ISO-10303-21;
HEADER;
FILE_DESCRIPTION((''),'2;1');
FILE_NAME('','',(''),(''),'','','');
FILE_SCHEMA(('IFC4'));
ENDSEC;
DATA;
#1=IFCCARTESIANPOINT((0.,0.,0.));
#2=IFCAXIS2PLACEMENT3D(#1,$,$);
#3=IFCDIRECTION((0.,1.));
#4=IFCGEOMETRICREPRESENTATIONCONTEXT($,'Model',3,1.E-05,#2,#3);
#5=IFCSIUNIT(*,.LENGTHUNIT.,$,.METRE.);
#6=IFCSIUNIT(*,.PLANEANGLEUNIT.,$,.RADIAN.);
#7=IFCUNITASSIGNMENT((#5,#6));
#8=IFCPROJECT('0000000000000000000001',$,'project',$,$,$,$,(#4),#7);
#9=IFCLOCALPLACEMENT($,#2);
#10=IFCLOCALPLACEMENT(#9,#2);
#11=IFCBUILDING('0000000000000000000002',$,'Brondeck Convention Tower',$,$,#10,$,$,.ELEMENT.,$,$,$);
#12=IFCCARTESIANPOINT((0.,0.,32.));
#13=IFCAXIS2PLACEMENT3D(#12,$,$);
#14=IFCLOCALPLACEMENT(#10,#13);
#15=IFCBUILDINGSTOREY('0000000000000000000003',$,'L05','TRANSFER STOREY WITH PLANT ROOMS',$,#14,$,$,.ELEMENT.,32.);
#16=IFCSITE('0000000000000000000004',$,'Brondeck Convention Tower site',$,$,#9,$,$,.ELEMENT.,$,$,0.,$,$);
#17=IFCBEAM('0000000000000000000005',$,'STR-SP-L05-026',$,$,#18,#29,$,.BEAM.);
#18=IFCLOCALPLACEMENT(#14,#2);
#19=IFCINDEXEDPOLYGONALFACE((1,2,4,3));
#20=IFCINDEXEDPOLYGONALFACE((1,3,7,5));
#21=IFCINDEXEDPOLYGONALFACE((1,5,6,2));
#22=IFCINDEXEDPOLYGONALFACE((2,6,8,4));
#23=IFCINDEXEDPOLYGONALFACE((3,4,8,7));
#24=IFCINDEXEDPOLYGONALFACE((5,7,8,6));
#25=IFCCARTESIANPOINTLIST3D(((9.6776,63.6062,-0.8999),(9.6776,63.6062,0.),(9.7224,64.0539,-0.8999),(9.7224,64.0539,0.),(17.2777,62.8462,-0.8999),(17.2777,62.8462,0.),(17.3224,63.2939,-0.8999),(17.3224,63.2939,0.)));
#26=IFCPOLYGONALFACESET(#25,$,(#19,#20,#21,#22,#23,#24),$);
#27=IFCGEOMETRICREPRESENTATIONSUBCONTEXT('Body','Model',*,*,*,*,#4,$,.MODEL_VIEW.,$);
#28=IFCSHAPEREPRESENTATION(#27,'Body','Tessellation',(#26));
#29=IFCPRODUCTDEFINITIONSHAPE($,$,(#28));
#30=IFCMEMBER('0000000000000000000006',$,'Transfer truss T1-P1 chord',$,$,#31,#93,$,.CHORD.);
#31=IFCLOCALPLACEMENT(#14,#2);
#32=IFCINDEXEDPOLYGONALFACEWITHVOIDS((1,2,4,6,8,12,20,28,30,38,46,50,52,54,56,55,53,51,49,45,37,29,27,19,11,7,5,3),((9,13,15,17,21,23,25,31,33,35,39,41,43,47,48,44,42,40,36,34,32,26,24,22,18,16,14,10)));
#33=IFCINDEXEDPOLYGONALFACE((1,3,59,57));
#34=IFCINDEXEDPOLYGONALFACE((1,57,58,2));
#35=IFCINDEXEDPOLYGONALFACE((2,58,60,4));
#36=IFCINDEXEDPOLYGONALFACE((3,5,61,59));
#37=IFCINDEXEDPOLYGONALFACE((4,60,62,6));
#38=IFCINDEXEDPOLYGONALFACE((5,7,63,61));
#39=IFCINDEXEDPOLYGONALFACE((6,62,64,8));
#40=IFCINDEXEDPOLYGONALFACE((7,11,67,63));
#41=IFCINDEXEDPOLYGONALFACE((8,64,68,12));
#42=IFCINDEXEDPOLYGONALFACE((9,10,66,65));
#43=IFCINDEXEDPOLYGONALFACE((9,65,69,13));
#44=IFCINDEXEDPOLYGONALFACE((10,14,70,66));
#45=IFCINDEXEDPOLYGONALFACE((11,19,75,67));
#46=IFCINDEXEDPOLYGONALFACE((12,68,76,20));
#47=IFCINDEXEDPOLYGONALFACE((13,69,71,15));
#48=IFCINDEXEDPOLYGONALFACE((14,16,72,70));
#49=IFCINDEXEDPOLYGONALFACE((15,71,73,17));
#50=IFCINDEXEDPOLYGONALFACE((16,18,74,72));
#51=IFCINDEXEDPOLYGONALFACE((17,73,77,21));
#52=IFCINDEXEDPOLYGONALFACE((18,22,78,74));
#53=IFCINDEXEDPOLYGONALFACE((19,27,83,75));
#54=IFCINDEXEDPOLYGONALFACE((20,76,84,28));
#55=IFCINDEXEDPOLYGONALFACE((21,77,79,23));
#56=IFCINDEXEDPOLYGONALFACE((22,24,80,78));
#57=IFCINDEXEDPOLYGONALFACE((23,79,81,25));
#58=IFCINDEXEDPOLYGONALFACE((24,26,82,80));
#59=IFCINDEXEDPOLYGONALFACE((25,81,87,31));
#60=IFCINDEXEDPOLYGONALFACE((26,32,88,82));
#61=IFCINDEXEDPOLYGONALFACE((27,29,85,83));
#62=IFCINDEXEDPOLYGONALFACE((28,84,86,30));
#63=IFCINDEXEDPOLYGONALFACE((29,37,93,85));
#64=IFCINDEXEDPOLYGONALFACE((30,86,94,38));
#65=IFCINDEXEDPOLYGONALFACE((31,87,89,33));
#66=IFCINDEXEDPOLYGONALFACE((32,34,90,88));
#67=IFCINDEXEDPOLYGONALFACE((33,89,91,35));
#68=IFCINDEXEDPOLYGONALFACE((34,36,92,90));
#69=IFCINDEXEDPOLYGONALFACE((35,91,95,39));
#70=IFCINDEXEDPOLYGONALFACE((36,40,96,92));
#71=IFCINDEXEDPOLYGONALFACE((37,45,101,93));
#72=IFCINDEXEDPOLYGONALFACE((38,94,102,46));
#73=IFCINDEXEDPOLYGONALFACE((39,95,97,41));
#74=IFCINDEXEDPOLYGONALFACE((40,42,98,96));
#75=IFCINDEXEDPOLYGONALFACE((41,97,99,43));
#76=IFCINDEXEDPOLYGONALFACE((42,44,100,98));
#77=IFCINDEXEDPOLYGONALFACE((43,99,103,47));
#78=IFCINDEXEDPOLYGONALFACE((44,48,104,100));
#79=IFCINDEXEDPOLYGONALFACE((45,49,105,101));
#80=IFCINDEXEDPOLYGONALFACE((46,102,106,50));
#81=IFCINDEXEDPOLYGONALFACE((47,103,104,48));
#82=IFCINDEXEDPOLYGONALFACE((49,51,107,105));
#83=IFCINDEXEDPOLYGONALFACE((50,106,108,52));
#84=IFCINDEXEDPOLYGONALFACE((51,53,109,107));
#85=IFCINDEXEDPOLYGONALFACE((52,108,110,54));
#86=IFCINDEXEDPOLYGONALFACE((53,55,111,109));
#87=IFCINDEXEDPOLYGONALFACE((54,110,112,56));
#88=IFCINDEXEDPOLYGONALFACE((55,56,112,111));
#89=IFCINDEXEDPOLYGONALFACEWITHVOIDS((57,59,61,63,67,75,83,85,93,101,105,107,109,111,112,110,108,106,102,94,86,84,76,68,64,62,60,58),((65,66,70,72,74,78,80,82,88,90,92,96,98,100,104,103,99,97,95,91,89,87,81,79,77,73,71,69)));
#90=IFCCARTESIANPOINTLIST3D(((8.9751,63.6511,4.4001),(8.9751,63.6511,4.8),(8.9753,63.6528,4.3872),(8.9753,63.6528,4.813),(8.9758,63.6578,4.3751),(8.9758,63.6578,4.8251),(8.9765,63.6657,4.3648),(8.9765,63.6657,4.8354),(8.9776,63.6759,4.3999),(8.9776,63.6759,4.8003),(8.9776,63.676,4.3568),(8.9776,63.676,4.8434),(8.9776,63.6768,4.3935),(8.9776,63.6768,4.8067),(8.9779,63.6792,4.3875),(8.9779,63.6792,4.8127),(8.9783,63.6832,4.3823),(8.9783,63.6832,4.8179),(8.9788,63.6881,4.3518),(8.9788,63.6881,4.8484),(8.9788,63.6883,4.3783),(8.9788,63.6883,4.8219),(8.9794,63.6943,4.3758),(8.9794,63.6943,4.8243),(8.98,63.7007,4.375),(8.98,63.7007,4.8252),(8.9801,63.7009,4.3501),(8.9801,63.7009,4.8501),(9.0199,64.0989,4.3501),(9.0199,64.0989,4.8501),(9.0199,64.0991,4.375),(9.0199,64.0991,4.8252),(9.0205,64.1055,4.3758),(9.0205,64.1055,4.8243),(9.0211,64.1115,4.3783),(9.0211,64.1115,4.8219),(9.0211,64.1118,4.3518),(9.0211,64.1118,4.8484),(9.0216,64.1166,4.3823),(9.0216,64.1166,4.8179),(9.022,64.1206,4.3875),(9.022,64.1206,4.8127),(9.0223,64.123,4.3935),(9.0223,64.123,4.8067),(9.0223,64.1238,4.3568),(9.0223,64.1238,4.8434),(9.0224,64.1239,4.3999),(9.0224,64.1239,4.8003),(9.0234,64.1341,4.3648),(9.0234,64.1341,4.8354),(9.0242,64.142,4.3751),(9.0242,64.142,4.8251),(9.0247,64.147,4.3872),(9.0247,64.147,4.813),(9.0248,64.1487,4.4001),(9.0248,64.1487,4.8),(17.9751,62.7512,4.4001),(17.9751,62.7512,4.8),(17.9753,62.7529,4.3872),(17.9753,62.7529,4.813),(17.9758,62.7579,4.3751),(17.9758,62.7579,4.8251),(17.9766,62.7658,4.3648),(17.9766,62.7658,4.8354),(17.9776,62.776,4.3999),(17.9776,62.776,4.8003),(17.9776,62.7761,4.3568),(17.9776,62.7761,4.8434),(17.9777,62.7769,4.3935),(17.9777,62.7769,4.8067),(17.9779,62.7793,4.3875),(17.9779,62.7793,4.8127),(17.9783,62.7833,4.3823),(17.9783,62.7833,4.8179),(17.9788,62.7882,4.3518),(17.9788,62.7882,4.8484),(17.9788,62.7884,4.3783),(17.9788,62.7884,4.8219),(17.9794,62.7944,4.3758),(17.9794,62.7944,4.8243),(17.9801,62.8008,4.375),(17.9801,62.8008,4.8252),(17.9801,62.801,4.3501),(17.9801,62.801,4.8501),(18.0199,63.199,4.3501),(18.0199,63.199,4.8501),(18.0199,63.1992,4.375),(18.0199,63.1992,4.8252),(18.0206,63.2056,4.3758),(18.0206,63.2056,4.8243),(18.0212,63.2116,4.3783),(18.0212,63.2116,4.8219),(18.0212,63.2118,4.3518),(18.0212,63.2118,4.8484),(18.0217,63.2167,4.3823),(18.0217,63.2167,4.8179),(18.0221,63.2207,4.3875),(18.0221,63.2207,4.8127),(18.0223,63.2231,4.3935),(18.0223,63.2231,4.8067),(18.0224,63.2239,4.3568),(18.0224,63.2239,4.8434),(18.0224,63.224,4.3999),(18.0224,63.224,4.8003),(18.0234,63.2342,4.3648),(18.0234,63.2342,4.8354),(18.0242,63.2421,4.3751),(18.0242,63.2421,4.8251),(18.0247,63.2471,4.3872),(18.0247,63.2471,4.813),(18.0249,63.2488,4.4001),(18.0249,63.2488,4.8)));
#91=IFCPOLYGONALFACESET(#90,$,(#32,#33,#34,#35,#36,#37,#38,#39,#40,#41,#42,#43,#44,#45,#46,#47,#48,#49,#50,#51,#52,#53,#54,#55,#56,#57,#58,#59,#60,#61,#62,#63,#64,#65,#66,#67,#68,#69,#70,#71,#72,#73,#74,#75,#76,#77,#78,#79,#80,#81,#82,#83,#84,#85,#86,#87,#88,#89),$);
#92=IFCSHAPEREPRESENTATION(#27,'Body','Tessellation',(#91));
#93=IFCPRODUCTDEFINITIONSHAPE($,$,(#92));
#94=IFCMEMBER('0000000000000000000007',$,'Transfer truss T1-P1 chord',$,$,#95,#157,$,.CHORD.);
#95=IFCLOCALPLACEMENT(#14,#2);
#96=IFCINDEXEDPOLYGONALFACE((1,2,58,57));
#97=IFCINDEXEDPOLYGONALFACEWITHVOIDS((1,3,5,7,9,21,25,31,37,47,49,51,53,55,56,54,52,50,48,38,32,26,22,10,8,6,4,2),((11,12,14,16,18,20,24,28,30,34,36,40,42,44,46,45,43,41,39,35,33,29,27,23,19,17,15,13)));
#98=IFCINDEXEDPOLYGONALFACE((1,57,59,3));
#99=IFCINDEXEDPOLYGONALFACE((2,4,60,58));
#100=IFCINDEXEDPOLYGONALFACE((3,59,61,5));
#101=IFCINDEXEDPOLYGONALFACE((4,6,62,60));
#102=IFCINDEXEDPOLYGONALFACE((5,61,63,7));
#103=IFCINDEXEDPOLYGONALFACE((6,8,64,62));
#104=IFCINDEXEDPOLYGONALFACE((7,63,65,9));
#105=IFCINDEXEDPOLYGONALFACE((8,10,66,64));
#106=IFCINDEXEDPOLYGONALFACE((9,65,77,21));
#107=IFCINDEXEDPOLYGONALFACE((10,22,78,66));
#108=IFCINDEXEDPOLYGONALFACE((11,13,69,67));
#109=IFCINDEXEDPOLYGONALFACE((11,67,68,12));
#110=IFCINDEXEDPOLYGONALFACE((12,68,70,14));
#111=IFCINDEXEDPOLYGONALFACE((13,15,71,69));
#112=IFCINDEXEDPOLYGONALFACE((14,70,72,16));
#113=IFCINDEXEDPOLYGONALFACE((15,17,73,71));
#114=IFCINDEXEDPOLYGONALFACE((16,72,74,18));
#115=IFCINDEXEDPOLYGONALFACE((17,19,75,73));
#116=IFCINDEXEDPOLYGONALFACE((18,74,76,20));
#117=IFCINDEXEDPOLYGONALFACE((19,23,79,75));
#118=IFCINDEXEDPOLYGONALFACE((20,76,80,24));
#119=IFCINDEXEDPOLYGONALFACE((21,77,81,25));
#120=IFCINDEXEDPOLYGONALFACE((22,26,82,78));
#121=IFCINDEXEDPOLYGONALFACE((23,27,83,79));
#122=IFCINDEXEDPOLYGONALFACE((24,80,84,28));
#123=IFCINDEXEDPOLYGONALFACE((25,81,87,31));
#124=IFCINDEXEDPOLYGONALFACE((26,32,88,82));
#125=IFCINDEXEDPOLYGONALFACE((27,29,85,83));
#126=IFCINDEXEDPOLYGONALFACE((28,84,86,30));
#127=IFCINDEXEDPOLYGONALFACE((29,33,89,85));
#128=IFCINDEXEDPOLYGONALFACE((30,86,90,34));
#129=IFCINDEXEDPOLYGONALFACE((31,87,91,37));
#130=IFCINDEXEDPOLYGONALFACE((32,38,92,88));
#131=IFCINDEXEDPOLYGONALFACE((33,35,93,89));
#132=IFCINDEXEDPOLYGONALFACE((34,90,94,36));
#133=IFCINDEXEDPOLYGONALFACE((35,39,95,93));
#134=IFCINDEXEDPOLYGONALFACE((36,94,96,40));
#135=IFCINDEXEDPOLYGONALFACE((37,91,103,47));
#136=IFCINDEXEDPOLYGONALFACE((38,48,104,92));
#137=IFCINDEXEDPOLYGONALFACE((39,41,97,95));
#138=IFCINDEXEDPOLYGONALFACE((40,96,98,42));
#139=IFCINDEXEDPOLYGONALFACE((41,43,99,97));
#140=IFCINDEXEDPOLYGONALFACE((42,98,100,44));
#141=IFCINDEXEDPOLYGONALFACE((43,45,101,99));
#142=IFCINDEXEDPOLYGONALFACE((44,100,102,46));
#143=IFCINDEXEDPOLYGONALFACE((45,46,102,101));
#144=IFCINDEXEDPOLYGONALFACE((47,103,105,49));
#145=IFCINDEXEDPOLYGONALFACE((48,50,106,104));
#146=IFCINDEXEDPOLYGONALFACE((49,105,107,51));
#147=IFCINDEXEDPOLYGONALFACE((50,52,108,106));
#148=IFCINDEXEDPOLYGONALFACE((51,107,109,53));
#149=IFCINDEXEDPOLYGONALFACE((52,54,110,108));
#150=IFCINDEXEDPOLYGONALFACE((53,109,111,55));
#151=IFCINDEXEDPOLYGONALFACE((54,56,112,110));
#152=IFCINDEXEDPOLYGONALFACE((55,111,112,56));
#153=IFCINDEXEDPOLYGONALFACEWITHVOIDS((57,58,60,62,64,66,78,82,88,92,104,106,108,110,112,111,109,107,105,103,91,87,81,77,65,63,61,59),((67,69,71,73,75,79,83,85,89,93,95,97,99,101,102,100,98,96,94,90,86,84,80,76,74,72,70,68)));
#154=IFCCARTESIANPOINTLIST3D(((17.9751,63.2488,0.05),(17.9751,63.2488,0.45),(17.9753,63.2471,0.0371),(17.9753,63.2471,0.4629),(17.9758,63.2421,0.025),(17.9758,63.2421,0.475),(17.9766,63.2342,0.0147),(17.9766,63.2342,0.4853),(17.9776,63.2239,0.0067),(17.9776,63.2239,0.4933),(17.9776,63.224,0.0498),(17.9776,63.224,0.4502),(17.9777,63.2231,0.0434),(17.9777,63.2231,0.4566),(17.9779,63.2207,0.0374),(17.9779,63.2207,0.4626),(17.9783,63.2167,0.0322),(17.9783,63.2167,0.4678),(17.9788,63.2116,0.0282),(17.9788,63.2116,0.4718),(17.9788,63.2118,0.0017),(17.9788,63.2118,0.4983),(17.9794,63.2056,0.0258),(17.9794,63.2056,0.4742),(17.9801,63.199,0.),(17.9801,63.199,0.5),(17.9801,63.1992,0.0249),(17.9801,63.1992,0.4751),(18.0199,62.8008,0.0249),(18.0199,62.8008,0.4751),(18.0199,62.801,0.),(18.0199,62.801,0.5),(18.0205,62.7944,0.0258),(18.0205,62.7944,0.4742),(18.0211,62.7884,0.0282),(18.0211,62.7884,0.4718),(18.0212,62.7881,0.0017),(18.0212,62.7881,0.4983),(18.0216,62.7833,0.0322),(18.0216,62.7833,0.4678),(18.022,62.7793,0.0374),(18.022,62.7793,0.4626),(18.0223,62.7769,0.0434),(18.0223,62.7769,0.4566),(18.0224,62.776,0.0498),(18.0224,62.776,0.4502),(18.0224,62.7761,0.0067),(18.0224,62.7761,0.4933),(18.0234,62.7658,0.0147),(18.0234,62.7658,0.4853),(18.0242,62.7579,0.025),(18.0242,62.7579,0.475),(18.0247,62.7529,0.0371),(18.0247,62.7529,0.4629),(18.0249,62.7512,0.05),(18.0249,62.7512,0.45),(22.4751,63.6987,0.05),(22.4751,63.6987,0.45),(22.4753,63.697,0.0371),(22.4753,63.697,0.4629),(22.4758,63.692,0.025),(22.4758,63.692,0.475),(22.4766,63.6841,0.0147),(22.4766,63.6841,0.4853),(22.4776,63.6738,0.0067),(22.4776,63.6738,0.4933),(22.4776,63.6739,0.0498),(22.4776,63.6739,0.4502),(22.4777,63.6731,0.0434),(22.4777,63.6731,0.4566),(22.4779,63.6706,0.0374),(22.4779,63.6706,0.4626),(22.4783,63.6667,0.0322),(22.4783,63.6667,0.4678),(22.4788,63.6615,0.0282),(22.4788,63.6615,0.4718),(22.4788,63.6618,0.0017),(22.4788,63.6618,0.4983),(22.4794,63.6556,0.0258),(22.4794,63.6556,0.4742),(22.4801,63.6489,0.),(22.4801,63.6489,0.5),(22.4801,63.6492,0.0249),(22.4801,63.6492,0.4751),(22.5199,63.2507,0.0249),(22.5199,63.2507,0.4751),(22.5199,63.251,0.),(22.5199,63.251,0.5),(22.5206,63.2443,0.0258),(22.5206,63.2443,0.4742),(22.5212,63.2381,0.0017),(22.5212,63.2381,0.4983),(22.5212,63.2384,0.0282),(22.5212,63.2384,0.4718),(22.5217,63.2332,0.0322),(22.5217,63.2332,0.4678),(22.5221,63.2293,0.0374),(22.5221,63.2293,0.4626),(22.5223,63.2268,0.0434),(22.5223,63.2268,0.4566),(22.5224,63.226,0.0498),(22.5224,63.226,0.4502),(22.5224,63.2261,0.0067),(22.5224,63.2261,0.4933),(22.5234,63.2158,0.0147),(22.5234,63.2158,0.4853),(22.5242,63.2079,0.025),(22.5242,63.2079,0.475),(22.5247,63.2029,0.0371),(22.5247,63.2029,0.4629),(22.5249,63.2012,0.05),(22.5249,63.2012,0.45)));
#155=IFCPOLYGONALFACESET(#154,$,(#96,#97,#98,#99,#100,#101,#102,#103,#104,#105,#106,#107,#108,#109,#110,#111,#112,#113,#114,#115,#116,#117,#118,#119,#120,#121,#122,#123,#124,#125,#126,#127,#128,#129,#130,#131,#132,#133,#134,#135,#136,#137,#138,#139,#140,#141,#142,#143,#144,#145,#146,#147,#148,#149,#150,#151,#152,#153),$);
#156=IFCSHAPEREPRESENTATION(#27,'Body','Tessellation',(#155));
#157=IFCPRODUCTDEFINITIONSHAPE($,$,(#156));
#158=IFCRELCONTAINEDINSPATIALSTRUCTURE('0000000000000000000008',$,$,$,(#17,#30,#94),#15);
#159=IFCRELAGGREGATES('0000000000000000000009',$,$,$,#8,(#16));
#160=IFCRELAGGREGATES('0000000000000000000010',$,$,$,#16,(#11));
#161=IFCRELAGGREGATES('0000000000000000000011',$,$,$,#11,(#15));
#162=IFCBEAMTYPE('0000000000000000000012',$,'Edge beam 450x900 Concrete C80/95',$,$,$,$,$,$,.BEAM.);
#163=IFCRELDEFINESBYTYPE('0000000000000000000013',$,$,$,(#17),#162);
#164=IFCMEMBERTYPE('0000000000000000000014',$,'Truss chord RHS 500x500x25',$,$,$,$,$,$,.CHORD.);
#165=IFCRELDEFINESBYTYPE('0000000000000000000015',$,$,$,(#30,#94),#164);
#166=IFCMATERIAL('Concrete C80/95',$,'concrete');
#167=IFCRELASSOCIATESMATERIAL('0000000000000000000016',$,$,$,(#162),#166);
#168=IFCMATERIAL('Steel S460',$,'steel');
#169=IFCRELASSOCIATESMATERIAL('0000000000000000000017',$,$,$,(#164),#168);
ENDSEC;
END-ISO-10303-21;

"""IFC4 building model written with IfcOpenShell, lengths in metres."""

from ifc_helpers import new_model, si_unit, direction, frame, origin, origin_2d, place, context, subcontext, project, spatial, rectangle, hollow_rectangle, extrude, material, material_profile, profile_set, type_object, element, save


model = new_model("IFC4")

# Units and contexts
model_context = context("Model", 3, precision=1e-05, world=origin(), true_north=direction((0.0, 1.0)))
body_context = subcontext(model_context, "Body", "Model", "MODEL_VIEW")
ifc_project = project(units=[si_unit("LENGTHUNIT", "METRE"), si_unit("PLANEANGLEUNIT", "RADIAN")], contexts=[model_context])

# Site, building, storey
site_placement = place(None, origin())
site = spatial("IfcSite", under=ifc_project, at=site_placement, Name="Brondeck Convention Tower site", CompositionType="ELEMENT", RefElevation=0.0)
building_placement = place(site_placement, origin())
building = spatial("IfcBuilding", under=site, at=building_placement, Name="Brondeck Convention Tower", CompositionType="ELEMENT")
storey_placement = place(building_placement, frame((0.0, 0.0, 32.0)))
storey = spatial("IfcBuildingStorey", under=building, at=storey_placement, Name="L05", Description="TRANSFER STOREY WITH PLANT ROOMS", CompositionType="ELEMENT", Elevation=32.0)

# Shared definitions
ifc_material_1 = material(Name="Steel S460", Category="steel")

# Beam
ifc_material_2 = material(Name="Concrete C80/95", Category="concrete")
ifc_material_profile_1 = material_profile(ifc_material_2, rectangle(XDim=0.45, YDim=0.8999, at=origin_2d()), Name="Edge beam 450x900 Concrete C80/95")
ifc_profile_set_1 = profile_set([ifc_material_profile_1], Name="Concrete C80/95")
beam_type = type_object("IfcBeamType", Name="Edge beam 450x900 Concrete C80/95", PredefinedType="BEAM", material=ifc_profile_set_1)
beam_placement = place(storey_placement, frame((17.3, 63.0701, -0.45), z_axis=(-0.995037, 0.099504, 0.0), x_axis=(-0.099504, -0.995037, 0.0)))
element("IfcBeam", 1, at=beam_placement, inside=storey, type_object=beam_type, Name="STR-SP-L05-026", PredefinedType="BEAM", context=body_context, shape_type="SweptSolid", body=[
    extrude(rectangle(XDim=0.45, YDim=0.8999, at=origin_2d()), origin(), (0.0, 0.0, 1.0), 7.6379),
])

# Members
ifc_material_profile_2 = material_profile(ifc_material_1, hollow_rectangle(XDim=0.5, YDim=0.5, WallThickness=0.0249, InnerFilletRadius=0.0249, OuterFilletRadius=0.05, at=origin_2d()), Name="RHS 500x500x25")
ifc_profile_set_2 = profile_set([ifc_material_profile_2], Name="Steel S460")
member_type_1 = type_object("IfcMemberType", Name="Truss chord RHS 500x500x25", PredefinedType="CHORD", material=ifc_profile_set_2)
member_placement = place(storey_placement, frame((18.0, 63.0, 4.6001), z_axis=(-0.995038, 0.099493, 0.0), x_axis=(-0.099493, -0.995038, 0.0)))
element("IfcMember", 2, at=member_placement, inside=storey, type_object=member_type_1, Name="Transfer truss T1-P1 chord", PredefinedType="CHORD", context=body_context, shape_type="SweptSolid", body=[
    extrude(hollow_rectangle(XDim=0.5, YDim=0.5, WallThickness=0.0249, InnerFilletRadius=0.0249, OuterFilletRadius=0.05, at=origin_2d()), origin(), (0.0, 0.0, 1.0), 9.0449),
])
for number, where, z_axis, x_axis, name in (
    (3, (22.5, 63.45, 0.25), (-0.995038, -0.099493, 0.0), (0.099493, -0.995038, 0.0), "Transfer truss T1-P1 chord"),
):
    element("IfcMember", number, at=place(storey_placement, frame(where, z_axis=z_axis, x_axis=x_axis)), inside=storey, type_object=member_type_1, Name=name, PredefinedType="CHORD", context=body_context, shape_type="SweptSolid", body=[
        extrude(hollow_rectangle(XDim=0.5, YDim=0.5, WallThickness=0.0249, InnerFilletRadius=0.0249, OuterFilletRadius=0.05, at=origin_2d()), origin(), (0.0, 0.0, 1.0), 4.5225),
    ])

save(model, "model.ifc")
